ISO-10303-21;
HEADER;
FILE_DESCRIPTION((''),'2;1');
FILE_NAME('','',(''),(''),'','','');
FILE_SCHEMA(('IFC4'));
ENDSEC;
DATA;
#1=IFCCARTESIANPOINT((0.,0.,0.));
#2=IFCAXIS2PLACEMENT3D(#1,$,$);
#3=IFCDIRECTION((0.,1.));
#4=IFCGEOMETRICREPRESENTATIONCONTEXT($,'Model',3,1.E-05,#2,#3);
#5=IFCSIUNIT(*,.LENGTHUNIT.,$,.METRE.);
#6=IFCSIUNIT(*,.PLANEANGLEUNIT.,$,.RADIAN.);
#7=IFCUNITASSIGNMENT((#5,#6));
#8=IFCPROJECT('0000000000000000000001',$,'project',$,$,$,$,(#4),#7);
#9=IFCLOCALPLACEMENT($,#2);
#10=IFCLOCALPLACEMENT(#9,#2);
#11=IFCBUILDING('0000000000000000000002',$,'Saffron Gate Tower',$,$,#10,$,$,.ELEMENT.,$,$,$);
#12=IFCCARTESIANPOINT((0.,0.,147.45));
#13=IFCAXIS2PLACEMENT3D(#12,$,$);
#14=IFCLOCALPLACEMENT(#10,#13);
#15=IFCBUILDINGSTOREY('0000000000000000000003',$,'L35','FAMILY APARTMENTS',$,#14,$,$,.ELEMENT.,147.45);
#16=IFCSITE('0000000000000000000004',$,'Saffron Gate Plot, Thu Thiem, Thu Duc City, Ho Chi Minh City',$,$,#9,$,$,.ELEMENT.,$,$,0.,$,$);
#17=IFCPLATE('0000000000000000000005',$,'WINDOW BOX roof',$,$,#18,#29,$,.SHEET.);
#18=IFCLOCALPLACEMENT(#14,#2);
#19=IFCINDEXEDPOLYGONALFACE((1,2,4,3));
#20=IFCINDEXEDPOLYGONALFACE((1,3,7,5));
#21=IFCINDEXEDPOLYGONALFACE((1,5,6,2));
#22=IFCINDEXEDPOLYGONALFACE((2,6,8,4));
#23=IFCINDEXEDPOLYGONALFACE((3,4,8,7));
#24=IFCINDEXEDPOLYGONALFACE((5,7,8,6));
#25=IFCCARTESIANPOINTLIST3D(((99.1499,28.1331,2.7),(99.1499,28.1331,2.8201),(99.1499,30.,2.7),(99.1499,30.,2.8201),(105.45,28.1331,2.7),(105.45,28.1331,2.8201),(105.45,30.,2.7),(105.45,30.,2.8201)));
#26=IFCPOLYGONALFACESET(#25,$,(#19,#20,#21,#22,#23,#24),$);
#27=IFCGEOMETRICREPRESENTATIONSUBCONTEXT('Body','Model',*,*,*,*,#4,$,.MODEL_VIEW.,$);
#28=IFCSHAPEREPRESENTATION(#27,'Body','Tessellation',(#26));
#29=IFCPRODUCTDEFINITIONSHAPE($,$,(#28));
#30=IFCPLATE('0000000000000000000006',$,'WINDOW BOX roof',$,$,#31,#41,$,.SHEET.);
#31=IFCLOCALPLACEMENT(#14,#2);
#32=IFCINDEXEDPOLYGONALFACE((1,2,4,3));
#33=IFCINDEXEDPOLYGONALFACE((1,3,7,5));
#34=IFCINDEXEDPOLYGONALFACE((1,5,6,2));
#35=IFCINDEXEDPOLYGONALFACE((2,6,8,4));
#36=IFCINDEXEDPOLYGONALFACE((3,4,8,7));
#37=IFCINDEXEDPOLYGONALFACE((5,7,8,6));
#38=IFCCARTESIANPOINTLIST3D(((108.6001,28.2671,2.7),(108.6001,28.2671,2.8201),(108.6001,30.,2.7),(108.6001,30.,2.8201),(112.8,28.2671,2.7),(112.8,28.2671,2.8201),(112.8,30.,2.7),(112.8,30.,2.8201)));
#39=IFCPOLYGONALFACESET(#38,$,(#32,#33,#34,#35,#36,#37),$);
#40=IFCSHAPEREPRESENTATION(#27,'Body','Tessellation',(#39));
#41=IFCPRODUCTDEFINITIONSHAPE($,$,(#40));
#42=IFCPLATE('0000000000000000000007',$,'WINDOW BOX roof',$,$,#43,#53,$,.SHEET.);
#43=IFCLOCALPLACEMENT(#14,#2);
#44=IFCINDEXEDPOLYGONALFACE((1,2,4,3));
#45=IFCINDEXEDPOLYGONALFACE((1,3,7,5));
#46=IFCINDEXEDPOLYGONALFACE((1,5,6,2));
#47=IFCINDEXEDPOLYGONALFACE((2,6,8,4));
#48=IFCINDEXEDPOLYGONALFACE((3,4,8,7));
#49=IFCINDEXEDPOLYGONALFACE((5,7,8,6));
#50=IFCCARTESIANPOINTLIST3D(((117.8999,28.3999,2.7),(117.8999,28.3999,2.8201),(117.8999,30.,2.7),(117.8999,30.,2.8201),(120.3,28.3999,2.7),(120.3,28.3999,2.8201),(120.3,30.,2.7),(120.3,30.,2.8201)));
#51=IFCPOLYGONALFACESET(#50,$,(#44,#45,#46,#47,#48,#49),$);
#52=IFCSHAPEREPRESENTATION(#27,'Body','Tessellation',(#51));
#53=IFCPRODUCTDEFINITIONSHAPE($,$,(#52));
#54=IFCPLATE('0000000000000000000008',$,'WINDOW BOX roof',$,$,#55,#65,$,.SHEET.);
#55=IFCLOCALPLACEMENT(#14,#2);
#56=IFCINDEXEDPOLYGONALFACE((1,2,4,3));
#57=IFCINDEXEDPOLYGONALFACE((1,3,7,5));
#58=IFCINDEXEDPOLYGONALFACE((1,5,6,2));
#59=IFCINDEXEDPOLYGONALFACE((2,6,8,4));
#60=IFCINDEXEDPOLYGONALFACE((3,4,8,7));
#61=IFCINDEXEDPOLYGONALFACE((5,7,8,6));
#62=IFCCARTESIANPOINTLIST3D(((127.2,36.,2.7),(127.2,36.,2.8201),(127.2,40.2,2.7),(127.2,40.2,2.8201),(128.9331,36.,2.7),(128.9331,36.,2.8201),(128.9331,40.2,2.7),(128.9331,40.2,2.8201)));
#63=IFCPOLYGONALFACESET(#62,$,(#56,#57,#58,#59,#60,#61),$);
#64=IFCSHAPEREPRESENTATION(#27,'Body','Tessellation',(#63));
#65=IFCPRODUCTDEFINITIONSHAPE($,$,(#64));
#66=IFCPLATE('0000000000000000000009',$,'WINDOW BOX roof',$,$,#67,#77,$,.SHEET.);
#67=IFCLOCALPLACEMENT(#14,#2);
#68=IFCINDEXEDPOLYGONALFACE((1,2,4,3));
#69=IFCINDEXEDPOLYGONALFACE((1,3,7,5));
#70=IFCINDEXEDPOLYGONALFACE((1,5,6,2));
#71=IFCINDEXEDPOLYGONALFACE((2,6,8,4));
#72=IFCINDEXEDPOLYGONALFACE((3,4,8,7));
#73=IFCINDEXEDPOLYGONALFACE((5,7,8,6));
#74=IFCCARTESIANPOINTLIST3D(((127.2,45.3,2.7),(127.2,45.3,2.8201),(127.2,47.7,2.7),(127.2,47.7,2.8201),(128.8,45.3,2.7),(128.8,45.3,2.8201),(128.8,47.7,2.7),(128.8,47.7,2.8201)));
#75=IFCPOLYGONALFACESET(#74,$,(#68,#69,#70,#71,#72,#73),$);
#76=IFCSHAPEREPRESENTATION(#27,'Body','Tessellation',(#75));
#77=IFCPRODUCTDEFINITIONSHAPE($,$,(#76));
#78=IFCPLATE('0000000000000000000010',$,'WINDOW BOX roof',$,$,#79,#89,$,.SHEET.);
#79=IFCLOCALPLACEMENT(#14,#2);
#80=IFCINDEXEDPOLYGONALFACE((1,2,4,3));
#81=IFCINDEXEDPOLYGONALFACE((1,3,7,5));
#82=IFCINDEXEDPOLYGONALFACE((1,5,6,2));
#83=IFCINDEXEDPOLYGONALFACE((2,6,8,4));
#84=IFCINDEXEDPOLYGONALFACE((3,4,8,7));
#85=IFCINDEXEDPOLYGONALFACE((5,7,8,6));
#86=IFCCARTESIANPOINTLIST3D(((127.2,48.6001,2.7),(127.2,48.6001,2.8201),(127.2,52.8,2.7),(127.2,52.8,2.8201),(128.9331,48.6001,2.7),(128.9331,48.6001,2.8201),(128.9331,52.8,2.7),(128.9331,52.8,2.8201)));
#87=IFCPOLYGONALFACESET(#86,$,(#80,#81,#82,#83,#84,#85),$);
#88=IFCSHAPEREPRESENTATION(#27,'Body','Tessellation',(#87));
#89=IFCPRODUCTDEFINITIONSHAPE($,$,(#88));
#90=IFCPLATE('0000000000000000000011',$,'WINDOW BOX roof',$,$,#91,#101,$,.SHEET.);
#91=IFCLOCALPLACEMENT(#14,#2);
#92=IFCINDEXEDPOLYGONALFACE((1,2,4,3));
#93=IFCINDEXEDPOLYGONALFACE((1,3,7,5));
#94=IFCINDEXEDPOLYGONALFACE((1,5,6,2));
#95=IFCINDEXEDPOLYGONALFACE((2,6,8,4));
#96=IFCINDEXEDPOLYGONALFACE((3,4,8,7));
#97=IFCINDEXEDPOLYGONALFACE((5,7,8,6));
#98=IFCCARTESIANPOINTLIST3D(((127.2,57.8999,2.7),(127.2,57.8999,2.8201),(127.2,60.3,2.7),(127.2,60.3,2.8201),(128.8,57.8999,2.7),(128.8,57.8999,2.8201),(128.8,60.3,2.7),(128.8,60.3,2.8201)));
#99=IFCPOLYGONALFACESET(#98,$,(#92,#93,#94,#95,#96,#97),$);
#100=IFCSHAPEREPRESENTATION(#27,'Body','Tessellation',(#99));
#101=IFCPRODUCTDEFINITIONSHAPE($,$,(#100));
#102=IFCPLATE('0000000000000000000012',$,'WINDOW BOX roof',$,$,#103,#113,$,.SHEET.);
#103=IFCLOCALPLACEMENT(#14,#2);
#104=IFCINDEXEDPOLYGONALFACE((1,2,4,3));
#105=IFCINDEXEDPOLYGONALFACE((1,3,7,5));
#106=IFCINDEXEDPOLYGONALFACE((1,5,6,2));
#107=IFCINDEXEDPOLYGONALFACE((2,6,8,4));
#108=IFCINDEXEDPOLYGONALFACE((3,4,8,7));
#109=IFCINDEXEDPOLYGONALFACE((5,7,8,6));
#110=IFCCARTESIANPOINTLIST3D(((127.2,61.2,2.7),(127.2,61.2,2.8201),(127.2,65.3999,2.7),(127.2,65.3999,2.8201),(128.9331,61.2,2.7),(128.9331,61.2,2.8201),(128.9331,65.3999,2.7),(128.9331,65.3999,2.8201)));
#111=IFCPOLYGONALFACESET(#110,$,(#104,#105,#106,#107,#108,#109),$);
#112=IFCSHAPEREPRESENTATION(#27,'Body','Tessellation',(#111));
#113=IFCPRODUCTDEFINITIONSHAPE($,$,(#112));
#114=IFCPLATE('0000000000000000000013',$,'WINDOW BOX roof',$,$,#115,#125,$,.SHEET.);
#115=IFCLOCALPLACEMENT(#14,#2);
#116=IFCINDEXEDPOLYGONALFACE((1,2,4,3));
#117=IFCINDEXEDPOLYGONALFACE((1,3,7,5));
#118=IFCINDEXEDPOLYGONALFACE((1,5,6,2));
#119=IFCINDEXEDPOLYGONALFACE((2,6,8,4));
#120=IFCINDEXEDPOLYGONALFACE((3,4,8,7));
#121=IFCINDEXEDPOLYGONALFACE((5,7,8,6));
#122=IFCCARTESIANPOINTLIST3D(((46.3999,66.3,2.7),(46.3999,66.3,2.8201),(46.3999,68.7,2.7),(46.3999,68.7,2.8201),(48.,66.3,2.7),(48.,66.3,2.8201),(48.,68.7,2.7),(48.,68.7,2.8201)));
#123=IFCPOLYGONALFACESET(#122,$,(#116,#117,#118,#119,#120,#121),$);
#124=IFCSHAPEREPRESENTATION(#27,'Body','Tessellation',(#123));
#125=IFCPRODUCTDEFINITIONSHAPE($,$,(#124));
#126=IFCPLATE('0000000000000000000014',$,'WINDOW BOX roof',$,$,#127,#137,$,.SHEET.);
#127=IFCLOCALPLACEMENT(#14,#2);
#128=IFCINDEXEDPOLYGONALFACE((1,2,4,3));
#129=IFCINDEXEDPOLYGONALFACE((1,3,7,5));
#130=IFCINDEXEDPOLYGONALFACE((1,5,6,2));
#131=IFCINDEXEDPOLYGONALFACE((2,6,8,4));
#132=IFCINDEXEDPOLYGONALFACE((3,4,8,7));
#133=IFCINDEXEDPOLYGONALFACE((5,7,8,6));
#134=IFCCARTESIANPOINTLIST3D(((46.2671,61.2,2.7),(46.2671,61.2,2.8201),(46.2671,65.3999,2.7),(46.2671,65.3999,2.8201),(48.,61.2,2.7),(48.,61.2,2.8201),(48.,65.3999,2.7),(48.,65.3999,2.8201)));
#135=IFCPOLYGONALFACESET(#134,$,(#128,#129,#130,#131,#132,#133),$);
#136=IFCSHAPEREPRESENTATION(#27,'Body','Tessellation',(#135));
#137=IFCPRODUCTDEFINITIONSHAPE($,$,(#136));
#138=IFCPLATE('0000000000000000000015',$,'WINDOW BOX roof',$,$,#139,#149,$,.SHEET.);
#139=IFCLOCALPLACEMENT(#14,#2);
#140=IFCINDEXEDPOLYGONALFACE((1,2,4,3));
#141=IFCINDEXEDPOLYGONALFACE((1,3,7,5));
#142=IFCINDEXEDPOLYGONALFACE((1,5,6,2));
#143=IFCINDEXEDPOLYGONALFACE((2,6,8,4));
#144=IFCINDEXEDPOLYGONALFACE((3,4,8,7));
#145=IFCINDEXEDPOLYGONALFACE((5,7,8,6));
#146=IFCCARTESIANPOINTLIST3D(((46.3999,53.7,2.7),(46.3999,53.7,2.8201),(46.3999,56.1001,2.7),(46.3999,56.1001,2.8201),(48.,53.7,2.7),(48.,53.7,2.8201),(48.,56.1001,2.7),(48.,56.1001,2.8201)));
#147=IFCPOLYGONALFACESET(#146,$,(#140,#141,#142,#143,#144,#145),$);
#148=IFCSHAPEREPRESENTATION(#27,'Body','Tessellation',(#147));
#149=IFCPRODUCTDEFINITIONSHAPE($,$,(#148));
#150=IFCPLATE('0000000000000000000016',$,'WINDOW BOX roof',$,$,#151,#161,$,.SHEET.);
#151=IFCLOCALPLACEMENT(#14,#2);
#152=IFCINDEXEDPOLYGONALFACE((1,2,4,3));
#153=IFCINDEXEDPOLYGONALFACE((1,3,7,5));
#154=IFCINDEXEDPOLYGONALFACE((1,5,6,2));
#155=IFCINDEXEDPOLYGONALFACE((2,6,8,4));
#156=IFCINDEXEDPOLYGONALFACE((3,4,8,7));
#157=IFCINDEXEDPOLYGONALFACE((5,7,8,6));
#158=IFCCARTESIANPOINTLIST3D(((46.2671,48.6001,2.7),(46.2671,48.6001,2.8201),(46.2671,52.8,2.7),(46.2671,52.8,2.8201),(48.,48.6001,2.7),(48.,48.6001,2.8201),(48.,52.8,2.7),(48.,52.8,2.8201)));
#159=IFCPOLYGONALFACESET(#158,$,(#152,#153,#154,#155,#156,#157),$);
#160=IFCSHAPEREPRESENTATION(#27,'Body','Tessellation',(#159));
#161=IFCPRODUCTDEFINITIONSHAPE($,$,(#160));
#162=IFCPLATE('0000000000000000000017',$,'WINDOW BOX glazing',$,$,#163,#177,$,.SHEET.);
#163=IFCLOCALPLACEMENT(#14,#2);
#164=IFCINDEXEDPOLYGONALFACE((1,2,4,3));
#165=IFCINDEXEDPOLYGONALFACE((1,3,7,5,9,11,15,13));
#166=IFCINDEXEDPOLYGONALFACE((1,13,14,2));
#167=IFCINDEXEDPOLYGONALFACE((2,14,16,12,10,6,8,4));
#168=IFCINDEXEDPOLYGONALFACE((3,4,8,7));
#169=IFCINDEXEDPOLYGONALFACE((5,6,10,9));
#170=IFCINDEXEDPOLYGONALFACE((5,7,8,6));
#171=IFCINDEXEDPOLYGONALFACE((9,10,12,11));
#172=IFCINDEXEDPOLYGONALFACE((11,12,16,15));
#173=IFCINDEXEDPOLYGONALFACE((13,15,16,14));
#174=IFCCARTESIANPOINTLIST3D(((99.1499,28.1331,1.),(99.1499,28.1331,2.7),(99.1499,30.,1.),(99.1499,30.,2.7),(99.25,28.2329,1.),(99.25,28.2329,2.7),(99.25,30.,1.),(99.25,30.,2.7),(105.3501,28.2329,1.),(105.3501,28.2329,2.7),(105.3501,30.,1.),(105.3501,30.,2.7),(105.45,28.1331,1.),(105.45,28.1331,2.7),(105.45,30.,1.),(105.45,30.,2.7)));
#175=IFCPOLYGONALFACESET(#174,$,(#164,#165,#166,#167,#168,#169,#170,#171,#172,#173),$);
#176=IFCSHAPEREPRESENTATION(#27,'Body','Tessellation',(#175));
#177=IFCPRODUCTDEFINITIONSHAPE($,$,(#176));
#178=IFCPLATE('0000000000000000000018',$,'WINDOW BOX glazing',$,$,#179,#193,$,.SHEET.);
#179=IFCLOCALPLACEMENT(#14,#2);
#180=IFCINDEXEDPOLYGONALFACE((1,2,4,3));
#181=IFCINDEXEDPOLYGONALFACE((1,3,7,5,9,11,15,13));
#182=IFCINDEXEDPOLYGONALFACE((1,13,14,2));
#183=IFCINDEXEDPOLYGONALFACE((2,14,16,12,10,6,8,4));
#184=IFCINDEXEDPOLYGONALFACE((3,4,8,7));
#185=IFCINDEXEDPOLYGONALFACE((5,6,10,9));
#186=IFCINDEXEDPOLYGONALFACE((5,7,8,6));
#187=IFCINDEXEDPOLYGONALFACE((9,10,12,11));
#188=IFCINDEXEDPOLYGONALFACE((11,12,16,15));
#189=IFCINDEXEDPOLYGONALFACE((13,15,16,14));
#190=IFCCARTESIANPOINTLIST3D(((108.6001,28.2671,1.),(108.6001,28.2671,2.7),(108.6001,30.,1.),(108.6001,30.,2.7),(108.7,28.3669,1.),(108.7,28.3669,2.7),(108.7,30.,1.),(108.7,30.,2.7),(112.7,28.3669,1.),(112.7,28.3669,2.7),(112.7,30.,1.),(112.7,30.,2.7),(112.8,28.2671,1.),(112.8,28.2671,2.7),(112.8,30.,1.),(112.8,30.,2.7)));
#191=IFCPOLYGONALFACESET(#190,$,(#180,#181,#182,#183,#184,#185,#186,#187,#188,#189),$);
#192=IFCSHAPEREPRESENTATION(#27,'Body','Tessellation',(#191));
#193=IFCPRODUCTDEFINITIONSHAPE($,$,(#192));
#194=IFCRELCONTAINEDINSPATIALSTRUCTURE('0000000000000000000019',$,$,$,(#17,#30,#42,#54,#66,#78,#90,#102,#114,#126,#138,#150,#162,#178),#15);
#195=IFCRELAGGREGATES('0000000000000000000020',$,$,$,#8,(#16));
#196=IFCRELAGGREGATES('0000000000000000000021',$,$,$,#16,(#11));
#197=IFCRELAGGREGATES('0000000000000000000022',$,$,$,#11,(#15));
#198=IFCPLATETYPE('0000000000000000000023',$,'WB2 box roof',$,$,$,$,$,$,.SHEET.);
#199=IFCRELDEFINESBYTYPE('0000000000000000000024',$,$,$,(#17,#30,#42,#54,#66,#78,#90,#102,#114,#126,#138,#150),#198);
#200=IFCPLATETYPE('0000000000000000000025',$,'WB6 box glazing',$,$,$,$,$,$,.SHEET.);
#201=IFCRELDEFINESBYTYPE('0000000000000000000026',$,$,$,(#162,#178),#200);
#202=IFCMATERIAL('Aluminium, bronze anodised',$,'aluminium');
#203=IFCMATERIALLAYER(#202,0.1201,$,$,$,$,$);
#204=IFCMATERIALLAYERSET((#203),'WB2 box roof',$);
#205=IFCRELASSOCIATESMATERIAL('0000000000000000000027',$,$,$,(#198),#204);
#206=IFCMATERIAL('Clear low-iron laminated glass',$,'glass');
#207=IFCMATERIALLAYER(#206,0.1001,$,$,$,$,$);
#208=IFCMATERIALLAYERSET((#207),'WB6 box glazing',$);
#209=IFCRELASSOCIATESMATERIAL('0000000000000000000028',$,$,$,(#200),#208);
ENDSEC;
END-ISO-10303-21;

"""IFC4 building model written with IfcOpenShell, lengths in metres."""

from ifc_helpers import new_model, si_unit, direction, frame, origin, place, context, subcontext, project, spatial, polyline, outline, extrude, material, layer, layer_set, type_object, element, save


model = new_model("IFC4")

# Units and contexts
model_context = context("Model", 3, precision=1e-05, world=origin(), true_north=direction((0.0, 1.0)))
body_context = subcontext(model_context, "Body", "Model", "MODEL_VIEW")
ifc_project = project(units=[si_unit("LENGTHUNIT", "METRE"), si_unit("PLANEANGLEUNIT", "RADIAN")], contexts=[model_context])

# Site, building, storey
site_placement = place(None, origin())
site = spatial("IfcSite", under=ifc_project, at=site_placement, Name="Saffron Gate Plot, Thu Thiem, Thu Duc City, Ho Chi Minh City", CompositionType="ELEMENT", RefElevation=0.0)
building_placement = place(site_placement, origin())
building = spatial("IfcBuilding", under=site, at=building_placement, Name="Saffron Gate Tower", CompositionType="ELEMENT")
storey_placement = place(building_placement, frame((0.0, 0.0, 147.45)))
storey = spatial("IfcBuildingStorey", under=building, at=storey_placement, Name="L35", Description="FAMILY APARTMENTS", CompositionType="ELEMENT", Elevation=147.45)

# Plates
ifc_material_1 = material(Name="Aluminium, bronze anodised", Category="aluminium")
ifc_layer_1 = layer(ifc_material_1, 0.1201)
ifc_layer_set_1 = layer_set([ifc_layer_1], Name="WB2 box roof")
plate_type_1 = type_object("IfcPlateType", Name="WB2 box roof", PredefinedType="SHEET", material=ifc_layer_set_1)
plate_1_placement = place(storey_placement, frame((0.0, 0.0, 2.7)))
element("IfcPlate", 1, at=plate_1_placement, inside=storey, type_object=plate_type_1, Name="WINDOW BOX roof", PredefinedType="SHEET", context=body_context, shape_type="SweptSolid", body=[
    extrude(outline(polyline([(99.1499, 30.0), (105.45, 30.0), (105.45, 28.1331), (99.1499, 28.1331), (99.1499, 30.0)])), origin(), (0.0, 0.0, 1.0), 0.1201),
])
plate_2_placement = place(storey_placement, frame((0.0, 0.0, 2.7)))
element("IfcPlate", 2, at=plate_2_placement, inside=storey, type_object=plate_type_1, Name="WINDOW BOX roof", PredefinedType="SHEET", context=body_context, shape_type="SweptSolid", body=[
    extrude(outline(polyline([(108.6001, 30.0), (112.8, 30.0), (112.8, 28.2671), (108.6001, 28.2671), (108.6001, 30.0)])), origin(), (0.0, 0.0, 1.0), 0.1201),
])
plate_3_placement = place(storey_placement, frame((0.0, 0.0, 2.7)))
element("IfcPlate", 3, at=plate_3_placement, inside=storey, type_object=plate_type_1, Name="WINDOW BOX roof", PredefinedType="SHEET", context=body_context, shape_type="SweptSolid", body=[
    extrude(outline(polyline([(117.8999, 30.0), (120.3, 30.0), (120.3, 28.3999), (117.8999, 28.3999), (117.8999, 30.0)])), origin(), (0.0, 0.0, 1.0), 0.1201),
])
plate_4_placement = place(storey_placement, frame((0.0, 0.0, 2.7)))
element("IfcPlate", 4, at=plate_4_placement, inside=storey, type_object=plate_type_1, Name="WINDOW BOX roof", PredefinedType="SHEET", context=body_context, shape_type="SweptSolid", body=[
    extrude(outline(polyline([(127.2, 36.0), (127.2, 40.2), (128.9331, 40.2), (128.9331, 36.0), (127.2, 36.0)])), origin(), (0.0, 0.0, 1.0), 0.1201),
])
plate_5_placement = place(storey_placement, frame((0.0, 0.0, 2.7)))
element("IfcPlate", 5, at=plate_5_placement, inside=storey, type_object=plate_type_1, Name="WINDOW BOX roof", PredefinedType="SHEET", context=body_context, shape_type="SweptSolid", body=[
    extrude(outline(polyline([(127.2, 45.3), (127.2, 47.7), (128.8, 47.7), (128.8, 45.3), (127.2, 45.3)])), origin(), (0.0, 0.0, 1.0), 0.1201),
])
plate_6_placement = place(storey_placement, frame((0.0, 0.0, 2.7)))
element("IfcPlate", 6, at=plate_6_placement, inside=storey, type_object=plate_type_1, Name="WINDOW BOX roof", PredefinedType="SHEET", context=body_context, shape_type="SweptSolid", body=[
    extrude(outline(polyline([(127.2, 48.6001), (127.2, 52.8), (128.9331, 52.8), (128.9331, 48.6001), (127.2, 48.6001)])), origin(), (0.0, 0.0, 1.0), 0.1201),
])
plate_7_placement = place(storey_placement, frame((0.0, 0.0, 2.7)))
element("IfcPlate", 7, at=plate_7_placement, inside=storey, type_object=plate_type_1, Name="WINDOW BOX roof", PredefinedType="SHEET", context=body_context, shape_type="SweptSolid", body=[
    extrude(outline(polyline([(127.2, 57.8999), (127.2, 60.3), (128.8, 60.3), (128.8, 57.8999), (127.2, 57.8999)])), origin(), (0.0, 0.0, 1.0), 0.1201),
])
plate_8_placement = place(storey_placement, frame((0.0, 0.0, 2.7)))
element("IfcPlate", 8, at=plate_8_placement, inside=storey, type_object=plate_type_1, Name="WINDOW BOX roof", PredefinedType="SHEET", context=body_context, shape_type="SweptSolid", body=[
    extrude(outline(polyline([(127.2, 61.2), (127.2, 65.3999), (128.9331, 65.3999), (128.9331, 61.2), (127.2, 61.2)])), origin(), (0.0, 0.0, 1.0), 0.1201),
])
plate_9_placement = place(storey_placement, frame((0.0, 0.0, 2.7)))
element("IfcPlate", 9, at=plate_9_placement, inside=storey, type_object=plate_type_1, Name="WINDOW BOX roof", PredefinedType="SHEET", context=body_context, shape_type="SweptSolid", body=[
    extrude(outline(polyline([(48.0, 68.7), (48.0, 66.3), (46.3999, 66.3), (46.3999, 68.7), (48.0, 68.7)])), origin(), (0.0, 0.0, 1.0), 0.1201),
])
plate_10_placement = place(storey_placement, frame((0.0, 0.0, 2.7)))
element("IfcPlate", 10, at=plate_10_placement, inside=storey, type_object=plate_type_1, Name="WINDOW BOX roof", PredefinedType="SHEET", context=body_context, shape_type="SweptSolid", body=[
    extrude(outline(polyline([(48.0, 65.3999), (48.0, 61.2), (46.2671, 61.2), (46.2671, 65.3999), (48.0, 65.3999)])), origin(), (0.0, 0.0, 1.0), 0.1201),
])
plate_11_placement = place(storey_placement, frame((0.0, 0.0, 2.7)))
element("IfcPlate", 11, at=plate_11_placement, inside=storey, type_object=plate_type_1, Name="WINDOW BOX roof", PredefinedType="SHEET", context=body_context, shape_type="SweptSolid", body=[
    extrude(outline(polyline([(48.0, 56.1001), (48.0, 53.7), (46.3999, 53.7), (46.3999, 56.1001), (48.0, 56.1001)])), origin(), (0.0, 0.0, 1.0), 0.1201),
])
plate_12_placement = place(storey_placement, frame((0.0, 0.0, 2.7)))
element("IfcPlate", 12, at=plate_12_placement, inside=storey, type_object=plate_type_1, Name="WINDOW BOX roof", PredefinedType="SHEET", context=body_context, shape_type="SweptSolid", body=[
    extrude(outline(polyline([(48.0, 52.8), (48.0, 48.6001), (46.2671, 48.6001), (46.2671, 52.8), (48.0, 52.8)])), origin(), (0.0, 0.0, 1.0), 0.1201),
])
ifc_material_2 = material(Name="Clear low-iron laminated glass", Category="glass")
ifc_layer_2 = layer(ifc_material_2, 0.1001)
ifc_layer_set_2 = layer_set([ifc_layer_2], Name="WB6 box glazing")
plate_type_2 = type_object("IfcPlateType", Name="WB6 box glazing", PredefinedType="SHEET", material=ifc_layer_set_2)
plate_13_placement = place(storey_placement, frame((0.0, 0.0, 1.0)))
element("IfcPlate", 13, at=plate_13_placement, inside=storey, type_object=plate_type_2, Name="WINDOW BOX glazing", PredefinedType="SHEET", context=body_context, shape_type="SweptSolid", body=[
    extrude(outline(polyline([(99.1499, 30.0), (99.25, 30.0), (99.25, 28.2329), (105.3501, 28.2329), (105.3501, 30.0), (105.45, 30.0), (105.45, 28.1331), (99.1499, 28.1331), (99.1499, 30.0)])), origin(), (0.0, 0.0, 1.0), 1.7),
])
plate_14_placement = place(storey_placement, frame((0.0, 0.0, 1.0)))
element("IfcPlate", 14, at=plate_14_placement, inside=storey, type_object=plate_type_2, Name="WINDOW BOX glazing", PredefinedType="SHEET", context=body_context, shape_type="SweptSolid", body=[
    extrude(outline(polyline([(108.6001, 30.0), (108.7, 30.0), (108.7, 28.3669), (112.7, 28.3669), (112.7, 30.0), (112.8, 30.0), (112.8, 28.2671), (108.6001, 28.2671), (108.6001, 30.0)])), origin(), (0.0, 0.0, 1.0), 1.7),
])

save(model, "model.ifc")
